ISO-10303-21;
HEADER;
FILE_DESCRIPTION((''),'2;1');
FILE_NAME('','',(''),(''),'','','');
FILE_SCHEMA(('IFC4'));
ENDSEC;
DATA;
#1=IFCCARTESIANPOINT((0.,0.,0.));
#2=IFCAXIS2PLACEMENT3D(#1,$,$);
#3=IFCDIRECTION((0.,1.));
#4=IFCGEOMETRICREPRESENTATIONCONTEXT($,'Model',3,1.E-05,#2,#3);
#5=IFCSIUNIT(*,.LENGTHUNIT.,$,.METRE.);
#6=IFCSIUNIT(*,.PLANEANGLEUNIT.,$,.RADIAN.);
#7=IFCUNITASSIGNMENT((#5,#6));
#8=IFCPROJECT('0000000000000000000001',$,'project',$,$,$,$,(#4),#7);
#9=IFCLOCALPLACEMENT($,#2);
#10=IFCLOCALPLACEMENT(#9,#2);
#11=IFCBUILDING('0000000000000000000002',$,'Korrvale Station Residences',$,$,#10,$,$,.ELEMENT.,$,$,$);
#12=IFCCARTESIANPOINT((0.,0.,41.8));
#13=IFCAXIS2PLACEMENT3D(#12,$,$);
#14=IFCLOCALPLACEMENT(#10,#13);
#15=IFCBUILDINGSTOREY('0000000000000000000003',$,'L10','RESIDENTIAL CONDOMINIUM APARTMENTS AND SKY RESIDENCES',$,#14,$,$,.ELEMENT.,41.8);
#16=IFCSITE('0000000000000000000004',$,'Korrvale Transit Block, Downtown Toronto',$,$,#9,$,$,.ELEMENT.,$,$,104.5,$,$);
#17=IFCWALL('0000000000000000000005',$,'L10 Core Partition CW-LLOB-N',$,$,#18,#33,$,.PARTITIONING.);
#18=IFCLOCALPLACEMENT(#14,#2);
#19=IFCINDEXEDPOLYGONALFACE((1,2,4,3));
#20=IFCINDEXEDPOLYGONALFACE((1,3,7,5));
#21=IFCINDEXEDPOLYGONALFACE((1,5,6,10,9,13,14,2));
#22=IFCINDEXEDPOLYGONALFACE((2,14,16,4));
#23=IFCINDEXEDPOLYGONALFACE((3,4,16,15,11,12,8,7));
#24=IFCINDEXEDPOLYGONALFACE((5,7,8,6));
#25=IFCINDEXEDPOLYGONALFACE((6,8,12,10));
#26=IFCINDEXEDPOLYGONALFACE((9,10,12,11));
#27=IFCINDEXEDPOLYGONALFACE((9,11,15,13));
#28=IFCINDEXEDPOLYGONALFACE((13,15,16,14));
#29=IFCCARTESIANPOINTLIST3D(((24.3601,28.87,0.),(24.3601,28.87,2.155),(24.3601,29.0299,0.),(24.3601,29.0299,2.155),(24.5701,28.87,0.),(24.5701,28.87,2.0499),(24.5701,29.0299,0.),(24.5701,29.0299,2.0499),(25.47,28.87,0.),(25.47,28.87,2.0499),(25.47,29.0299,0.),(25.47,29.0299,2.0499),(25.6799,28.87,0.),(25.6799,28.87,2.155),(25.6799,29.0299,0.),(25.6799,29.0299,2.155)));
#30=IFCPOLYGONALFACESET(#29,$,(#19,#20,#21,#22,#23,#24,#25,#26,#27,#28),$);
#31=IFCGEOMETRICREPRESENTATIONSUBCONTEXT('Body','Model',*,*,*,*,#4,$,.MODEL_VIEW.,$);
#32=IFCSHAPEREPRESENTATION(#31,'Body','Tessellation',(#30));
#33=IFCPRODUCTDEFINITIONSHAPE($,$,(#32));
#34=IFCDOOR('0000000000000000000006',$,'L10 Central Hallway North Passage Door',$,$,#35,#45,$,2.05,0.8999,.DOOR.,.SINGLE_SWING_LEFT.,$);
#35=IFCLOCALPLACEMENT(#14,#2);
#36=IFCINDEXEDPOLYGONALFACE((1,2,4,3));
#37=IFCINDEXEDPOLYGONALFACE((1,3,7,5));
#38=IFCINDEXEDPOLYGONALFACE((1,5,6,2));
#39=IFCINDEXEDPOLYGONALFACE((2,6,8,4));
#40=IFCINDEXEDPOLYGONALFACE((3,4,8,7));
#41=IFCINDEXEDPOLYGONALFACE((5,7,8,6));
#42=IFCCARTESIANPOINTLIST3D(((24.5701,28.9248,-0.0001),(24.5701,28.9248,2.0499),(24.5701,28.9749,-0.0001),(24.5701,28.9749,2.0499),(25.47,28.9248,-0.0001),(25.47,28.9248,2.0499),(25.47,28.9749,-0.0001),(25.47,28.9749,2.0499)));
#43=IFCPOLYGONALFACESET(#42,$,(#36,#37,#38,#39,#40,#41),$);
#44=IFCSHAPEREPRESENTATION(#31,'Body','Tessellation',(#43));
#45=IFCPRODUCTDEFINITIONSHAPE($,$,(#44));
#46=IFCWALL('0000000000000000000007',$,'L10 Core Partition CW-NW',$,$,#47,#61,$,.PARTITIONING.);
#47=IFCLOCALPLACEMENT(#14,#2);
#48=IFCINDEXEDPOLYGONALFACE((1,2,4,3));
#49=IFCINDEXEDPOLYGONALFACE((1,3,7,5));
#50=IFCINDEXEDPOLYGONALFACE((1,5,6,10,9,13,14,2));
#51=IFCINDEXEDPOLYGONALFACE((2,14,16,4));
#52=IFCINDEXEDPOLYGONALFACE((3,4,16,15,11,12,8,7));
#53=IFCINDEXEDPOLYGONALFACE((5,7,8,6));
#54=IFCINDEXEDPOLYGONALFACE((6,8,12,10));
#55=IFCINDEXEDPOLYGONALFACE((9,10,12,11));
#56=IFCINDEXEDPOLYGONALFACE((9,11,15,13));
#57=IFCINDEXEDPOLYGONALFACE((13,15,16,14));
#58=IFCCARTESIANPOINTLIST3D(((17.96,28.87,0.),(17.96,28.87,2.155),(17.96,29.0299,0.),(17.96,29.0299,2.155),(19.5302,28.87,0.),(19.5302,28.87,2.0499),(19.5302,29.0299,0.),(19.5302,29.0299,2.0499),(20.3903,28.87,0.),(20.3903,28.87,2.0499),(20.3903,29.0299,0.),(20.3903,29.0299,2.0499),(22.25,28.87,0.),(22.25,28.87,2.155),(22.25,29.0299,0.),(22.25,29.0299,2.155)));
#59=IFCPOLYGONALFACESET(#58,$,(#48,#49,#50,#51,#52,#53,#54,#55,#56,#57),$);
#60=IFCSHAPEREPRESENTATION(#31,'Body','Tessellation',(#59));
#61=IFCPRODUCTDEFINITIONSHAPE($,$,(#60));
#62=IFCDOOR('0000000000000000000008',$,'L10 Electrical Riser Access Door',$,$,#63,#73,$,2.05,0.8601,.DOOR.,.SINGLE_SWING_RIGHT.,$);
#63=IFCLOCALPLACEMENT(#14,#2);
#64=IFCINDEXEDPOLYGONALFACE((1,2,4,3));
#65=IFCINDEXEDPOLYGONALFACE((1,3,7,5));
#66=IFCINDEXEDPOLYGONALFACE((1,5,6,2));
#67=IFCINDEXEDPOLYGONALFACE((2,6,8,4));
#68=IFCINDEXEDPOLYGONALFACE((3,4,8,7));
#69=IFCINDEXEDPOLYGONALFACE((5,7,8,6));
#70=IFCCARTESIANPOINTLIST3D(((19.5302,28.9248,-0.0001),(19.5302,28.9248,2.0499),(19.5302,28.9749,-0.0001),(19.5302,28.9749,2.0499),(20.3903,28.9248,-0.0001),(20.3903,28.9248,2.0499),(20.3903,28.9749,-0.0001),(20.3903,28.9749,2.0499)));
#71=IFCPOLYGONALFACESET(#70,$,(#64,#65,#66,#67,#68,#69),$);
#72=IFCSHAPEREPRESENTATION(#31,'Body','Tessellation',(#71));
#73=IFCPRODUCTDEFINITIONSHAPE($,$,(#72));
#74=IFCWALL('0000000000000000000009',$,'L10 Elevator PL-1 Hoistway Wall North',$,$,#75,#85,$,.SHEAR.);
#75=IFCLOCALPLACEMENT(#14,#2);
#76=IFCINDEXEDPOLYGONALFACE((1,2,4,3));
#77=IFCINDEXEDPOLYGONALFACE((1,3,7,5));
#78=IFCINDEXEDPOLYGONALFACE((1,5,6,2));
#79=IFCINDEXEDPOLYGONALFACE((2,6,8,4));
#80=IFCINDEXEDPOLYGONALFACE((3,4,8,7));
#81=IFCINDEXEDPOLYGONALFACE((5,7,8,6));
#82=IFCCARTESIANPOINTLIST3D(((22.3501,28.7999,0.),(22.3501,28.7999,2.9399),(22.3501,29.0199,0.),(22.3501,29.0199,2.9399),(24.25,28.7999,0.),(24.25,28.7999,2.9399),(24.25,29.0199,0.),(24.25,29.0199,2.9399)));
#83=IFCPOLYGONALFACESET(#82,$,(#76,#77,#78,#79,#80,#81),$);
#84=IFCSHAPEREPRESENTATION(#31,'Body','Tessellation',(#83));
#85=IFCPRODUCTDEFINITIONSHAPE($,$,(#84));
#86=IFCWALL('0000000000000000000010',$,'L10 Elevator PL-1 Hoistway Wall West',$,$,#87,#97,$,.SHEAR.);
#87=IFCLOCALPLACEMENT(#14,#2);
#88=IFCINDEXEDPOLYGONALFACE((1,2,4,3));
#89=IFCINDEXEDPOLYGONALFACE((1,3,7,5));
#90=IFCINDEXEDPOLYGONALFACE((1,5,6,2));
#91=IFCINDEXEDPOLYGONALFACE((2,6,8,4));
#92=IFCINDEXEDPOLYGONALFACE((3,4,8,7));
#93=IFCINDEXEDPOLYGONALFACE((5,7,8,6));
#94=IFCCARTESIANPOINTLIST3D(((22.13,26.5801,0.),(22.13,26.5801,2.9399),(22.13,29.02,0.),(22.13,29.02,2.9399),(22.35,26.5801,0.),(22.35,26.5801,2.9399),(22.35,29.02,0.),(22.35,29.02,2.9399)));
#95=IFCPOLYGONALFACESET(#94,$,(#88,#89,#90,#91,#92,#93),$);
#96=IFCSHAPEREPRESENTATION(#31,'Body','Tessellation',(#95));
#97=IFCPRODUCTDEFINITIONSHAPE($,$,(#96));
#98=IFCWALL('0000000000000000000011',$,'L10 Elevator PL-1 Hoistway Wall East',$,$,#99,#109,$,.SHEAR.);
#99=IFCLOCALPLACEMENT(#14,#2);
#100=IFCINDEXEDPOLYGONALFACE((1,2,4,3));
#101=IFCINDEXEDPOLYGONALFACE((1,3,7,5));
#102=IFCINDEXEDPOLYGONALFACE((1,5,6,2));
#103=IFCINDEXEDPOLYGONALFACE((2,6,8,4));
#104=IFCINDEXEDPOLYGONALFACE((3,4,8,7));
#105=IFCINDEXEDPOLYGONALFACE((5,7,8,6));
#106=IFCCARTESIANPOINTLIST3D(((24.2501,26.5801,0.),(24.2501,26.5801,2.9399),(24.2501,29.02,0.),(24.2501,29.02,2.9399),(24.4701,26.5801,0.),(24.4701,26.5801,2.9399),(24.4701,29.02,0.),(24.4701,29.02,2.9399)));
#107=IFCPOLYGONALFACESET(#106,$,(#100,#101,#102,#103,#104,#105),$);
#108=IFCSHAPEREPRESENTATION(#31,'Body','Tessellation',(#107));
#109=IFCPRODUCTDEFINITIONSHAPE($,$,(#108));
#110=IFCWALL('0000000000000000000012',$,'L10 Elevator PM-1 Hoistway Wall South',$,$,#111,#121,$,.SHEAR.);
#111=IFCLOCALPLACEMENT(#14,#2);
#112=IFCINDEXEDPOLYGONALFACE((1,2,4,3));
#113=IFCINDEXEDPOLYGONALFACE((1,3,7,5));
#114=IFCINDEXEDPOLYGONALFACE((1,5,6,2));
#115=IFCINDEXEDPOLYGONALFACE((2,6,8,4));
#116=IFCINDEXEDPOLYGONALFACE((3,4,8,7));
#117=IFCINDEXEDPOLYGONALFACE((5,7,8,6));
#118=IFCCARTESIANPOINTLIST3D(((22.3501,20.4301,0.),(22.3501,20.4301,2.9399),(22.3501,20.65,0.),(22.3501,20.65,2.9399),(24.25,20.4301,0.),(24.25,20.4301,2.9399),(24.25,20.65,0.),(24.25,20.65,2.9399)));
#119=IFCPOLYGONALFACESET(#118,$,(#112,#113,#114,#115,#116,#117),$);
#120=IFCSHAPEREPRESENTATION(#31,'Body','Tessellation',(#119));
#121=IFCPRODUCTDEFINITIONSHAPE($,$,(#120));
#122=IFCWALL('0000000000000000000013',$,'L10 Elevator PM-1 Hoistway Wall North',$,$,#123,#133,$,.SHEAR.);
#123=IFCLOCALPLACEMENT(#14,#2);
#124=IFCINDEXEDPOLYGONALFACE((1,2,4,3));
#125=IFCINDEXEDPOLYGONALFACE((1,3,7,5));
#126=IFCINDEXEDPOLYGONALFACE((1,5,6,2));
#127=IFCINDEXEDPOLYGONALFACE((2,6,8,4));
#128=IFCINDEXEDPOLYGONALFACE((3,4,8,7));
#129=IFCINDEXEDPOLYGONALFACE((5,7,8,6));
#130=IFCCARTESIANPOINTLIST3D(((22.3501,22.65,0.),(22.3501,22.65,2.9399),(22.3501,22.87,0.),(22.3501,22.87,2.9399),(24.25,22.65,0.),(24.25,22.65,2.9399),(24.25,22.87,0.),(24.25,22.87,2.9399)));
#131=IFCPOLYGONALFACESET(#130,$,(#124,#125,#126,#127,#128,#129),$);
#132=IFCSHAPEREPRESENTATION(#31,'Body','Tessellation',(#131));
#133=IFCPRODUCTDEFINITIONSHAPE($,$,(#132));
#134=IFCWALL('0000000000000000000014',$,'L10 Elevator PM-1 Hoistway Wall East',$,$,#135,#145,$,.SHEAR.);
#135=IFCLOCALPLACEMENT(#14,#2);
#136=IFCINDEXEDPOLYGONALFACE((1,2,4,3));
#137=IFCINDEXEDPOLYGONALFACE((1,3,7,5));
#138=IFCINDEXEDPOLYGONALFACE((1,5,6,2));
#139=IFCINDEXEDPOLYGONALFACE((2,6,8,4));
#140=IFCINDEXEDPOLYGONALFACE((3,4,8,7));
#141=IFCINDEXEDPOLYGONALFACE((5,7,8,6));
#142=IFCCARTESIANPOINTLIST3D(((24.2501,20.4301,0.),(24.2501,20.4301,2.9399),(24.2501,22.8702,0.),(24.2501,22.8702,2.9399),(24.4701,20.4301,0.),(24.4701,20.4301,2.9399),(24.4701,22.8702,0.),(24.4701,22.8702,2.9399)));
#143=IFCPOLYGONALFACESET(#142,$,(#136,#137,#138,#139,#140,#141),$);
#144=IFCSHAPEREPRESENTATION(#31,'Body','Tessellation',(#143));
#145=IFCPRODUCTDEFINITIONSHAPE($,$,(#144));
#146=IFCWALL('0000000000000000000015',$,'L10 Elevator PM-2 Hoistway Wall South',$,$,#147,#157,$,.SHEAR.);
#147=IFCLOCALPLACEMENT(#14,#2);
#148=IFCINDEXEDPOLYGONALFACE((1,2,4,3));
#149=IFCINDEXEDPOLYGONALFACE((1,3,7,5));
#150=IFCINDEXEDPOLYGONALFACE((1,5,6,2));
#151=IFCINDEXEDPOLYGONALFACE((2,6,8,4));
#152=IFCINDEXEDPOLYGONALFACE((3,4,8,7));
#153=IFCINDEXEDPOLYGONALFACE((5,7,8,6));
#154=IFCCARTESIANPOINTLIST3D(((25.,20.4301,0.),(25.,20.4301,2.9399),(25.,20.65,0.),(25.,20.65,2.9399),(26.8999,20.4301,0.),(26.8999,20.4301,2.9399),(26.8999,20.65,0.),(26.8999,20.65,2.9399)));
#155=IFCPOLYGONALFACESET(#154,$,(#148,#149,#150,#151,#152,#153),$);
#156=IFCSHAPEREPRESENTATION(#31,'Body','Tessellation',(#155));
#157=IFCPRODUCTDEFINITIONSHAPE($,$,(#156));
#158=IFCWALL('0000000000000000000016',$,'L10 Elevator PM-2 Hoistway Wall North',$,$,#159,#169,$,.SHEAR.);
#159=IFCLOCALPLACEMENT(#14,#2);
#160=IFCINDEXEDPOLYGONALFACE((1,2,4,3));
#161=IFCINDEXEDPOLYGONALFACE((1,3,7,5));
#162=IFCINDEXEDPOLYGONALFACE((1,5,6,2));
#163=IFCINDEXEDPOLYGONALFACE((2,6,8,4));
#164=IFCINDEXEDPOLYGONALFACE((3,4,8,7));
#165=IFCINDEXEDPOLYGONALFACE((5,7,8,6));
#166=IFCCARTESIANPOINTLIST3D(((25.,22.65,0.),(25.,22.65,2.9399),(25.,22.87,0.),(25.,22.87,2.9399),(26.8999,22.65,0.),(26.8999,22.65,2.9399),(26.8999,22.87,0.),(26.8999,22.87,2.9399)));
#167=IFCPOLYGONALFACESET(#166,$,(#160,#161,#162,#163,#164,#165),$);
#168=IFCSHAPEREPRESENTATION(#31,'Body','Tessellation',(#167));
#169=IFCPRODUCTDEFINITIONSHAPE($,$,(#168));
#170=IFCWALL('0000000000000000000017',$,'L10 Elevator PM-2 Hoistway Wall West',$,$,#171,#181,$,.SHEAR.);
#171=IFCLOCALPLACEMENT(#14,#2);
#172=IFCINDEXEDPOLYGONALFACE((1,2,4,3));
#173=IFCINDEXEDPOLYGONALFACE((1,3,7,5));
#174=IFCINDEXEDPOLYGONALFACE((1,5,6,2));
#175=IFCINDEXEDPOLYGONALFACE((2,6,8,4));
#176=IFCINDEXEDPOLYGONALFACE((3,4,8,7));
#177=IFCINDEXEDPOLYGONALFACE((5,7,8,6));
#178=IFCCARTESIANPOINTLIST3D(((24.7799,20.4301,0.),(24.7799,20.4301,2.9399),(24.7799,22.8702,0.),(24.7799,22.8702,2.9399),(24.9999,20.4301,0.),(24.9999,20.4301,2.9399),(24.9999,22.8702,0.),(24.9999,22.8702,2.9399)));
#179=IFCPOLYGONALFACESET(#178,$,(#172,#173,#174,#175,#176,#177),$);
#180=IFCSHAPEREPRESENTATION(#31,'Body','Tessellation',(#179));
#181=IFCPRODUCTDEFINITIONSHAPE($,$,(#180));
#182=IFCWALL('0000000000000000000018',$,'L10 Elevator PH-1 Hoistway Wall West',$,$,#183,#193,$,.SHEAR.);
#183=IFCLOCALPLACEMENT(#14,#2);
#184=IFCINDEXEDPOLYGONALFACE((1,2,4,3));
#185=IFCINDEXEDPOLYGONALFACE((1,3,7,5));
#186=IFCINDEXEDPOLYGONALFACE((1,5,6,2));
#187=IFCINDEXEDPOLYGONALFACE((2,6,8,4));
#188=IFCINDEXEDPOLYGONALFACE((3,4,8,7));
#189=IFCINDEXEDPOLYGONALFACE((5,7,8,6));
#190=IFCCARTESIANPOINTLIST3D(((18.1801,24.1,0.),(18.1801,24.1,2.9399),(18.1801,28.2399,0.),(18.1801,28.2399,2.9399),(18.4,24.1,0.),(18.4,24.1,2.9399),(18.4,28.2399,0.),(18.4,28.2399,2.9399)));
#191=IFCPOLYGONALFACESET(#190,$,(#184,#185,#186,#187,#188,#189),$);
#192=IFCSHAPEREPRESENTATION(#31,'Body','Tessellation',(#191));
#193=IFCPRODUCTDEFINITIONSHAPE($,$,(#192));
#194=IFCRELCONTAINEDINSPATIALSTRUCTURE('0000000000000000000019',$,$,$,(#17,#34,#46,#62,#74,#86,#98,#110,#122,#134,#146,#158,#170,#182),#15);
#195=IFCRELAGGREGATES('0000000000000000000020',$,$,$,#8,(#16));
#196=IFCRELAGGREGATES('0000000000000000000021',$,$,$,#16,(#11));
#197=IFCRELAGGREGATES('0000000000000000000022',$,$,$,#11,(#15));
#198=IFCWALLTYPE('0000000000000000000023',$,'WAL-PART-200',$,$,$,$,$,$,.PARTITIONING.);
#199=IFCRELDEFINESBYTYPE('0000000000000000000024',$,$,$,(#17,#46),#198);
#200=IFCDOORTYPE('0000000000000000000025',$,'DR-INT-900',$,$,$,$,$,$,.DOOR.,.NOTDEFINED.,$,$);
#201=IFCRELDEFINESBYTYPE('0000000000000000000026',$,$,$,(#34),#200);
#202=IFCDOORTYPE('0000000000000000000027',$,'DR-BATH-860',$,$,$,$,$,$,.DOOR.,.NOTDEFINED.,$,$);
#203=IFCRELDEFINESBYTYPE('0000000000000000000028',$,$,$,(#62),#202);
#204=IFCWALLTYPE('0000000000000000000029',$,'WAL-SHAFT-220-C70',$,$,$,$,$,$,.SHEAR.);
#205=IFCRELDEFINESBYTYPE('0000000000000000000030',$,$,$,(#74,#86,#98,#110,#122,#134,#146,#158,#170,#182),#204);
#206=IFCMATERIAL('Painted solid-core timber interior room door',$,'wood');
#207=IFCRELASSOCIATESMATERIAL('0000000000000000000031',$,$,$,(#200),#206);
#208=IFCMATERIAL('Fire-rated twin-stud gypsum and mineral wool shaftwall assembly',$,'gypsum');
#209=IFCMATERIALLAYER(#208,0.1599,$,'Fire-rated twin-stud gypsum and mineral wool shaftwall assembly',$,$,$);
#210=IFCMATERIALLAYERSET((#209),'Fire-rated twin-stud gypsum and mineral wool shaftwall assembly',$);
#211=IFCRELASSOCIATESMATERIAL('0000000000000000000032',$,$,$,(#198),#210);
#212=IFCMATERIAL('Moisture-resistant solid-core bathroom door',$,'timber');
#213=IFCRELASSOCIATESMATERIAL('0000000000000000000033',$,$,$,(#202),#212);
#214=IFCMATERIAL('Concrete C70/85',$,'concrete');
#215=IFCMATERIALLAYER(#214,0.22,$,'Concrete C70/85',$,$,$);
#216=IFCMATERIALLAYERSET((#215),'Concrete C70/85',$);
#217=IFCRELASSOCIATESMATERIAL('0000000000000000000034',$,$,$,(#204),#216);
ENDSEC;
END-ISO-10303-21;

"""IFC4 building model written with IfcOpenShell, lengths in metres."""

from ifc_helpers import new_model, si_unit, direction, frame, frame_2d, origin, place, context, subcontext, project, spatial, rectangle, extrude, material, layer, layer_set, type_object, element, fill, save


model = new_model("IFC4")

# Units and contexts
model_context = context("Model", 3, precision=1e-05, world=origin(), true_north=direction((0.0, 1.0)))
body_context = subcontext(model_context, "Body", "Model", "MODEL_VIEW")
ifc_project = project(units=[si_unit("LENGTHUNIT", "METRE"), si_unit("PLANEANGLEUNIT", "RADIAN")], contexts=[model_context])

# Site, building, storey
site_placement = place(None, origin())
site = spatial("IfcSite", under=ifc_project, at=site_placement, Name="Korrvale Transit Block, Downtown Toronto", CompositionType="ELEMENT", RefElevation=104.5)
building_placement = place(site_placement, origin())
building = spatial("IfcBuilding", under=site, at=building_placement, Name="Korrvale Station Residences", CompositionType="ELEMENT")
storey_placement = place(building_placement, frame((0.0, 0.0, 41.8)))
storey = spatial("IfcBuildingStorey", under=building, at=storey_placement, Name="L10", Description="RESIDENTIAL CONDOMINIUM APARTMENTS AND SKY RESIDENCES", CompositionType="ELEMENT", Elevation=41.8)

# Shared definitions
ifc_material_1 = material(Name="Concrete C70/85", Category="concrete")

# Shared definitions
ifc_material_2 = material(Name="Painted solid-core timber interior room door", Category="wood")
door_type_1 = type_object("IfcDoorType", Name="DR-INT-900", OperationType="NOTDEFINED", PredefinedType="DOOR", material=ifc_material_2)

# Shared definitions
ifc_material_3 = material(Name="Fire-rated twin-stud gypsum and mineral wool shaftwall assembly", Category="gypsum")
ifc_layer_1 = layer(ifc_material_3, 0.1599, Name="Fire-rated twin-stud gypsum and mineral wool shaftwall assembly")
ifc_layer_set_1 = layer_set([ifc_layer_1], Name="Fire-rated twin-stud gypsum and mineral wool shaftwall assembly")
wall_type_1 = type_object("IfcWallType", Name="WAL-PART-200", PredefinedType="PARTITIONING", material=ifc_layer_set_1)

# Walls, openings, doors
wall_1_placement = place(storey_placement, frame((24.3601, 28.95, 0.0), z_axis=(0.0, 0.0, 1.0), x_axis=(1.0, 0.0, 0.0)))
wall_1 = element("IfcWall", 1, at=wall_1_placement, inside=storey, type_object=wall_type_1, Name="L10 Core Partition CW-LLOB-N", PredefinedType="PARTITIONING", context=body_context, shape_type="SweptSolid", body=[
    extrude(rectangle(XDim=1.3198, YDim=0.1599, at=frame_2d((0.6599, 0.0))), origin(), (0.0, 0.0, 1.0), 2.155),
])
opening_1_placement = place(wall_1_placement, frame((0.21, 0.0, 0.0)))
opening_1 = element("IfcOpeningElement", 2, at=opening_1_placement, cuts=wall_1, PredefinedType="OPENING", context=body_context, shape_type="SweptSolid", body=[
    extrude(rectangle(XDim=0.8999, YDim=2.05, at=frame_2d((0.45, 1.0249))), frame((0.0, 0.0898, 0.0), z_axis=(0.0, -1.0, 0.0), x_axis=(1.0, 0.0, 0.0)), (0.0, 0.0, 1.0), 0.1799),
])
door_1_placement = place(opening_1_placement, origin())
door_1 = element("IfcDoor", 3, at=door_1_placement, inside=storey, type_object=door_type_1, Name="L10 Central Hallway North Passage Door", OperationType="SINGLE_SWING_LEFT", OverallHeight=2.05, OverallWidth=0.8999, PredefinedType="DOOR", context=body_context, shape_type="SweptSolid", body=[
    extrude(rectangle(XDim=0.8999, YDim=2.05, at=frame_2d((0.45, 1.0249))), frame((0.0, 0.0249, 0.0), z_axis=(0.0, -1.0, 0.0), x_axis=(1.0, 0.0, 0.0)), (0.0, 0.0, 1.0), 0.05),
])
fill(opening_1, door_1)
wall_2_placement = place(storey_placement, frame((17.96, 28.95, 0.0), z_axis=(0.0, 0.0, 1.0), x_axis=(1.0, 0.0, 0.0)))
wall_2 = element("IfcWall", 4, at=wall_2_placement, inside=storey, type_object=wall_type_1, Name="L10 Core Partition CW-NW", PredefinedType="PARTITIONING", context=body_context, shape_type="SweptSolid", body=[
    extrude(rectangle(XDim=4.29, YDim=0.1599, at=frame_2d((2.145, 0.0))), origin(), (0.0, 0.0, 1.0), 2.155),
])
opening_2_placement = place(wall_2_placement, frame((1.5701, 0.0, 0.0)))
opening_2 = element("IfcOpeningElement", 5, at=opening_2_placement, cuts=wall_2, PredefinedType="OPENING", context=body_context, shape_type="SweptSolid", body=[
    extrude(rectangle(XDim=0.8601, YDim=2.05, at=frame_2d((0.4302, 1.0249))), frame((0.0, 0.0898, 0.0), z_axis=(0.0, -1.0, 0.0), x_axis=(1.0, 0.0, 0.0)), (0.0, 0.0, 1.0), 0.1799),
])
ifc_material_4 = material(Name="Moisture-resistant solid-core bathroom door", Category="timber")
door_type_2 = type_object("IfcDoorType", Name="DR-BATH-860", OperationType="NOTDEFINED", PredefinedType="DOOR", material=ifc_material_4)
door_2_placement = place(opening_2_placement, origin())
door_2 = element("IfcDoor", 6, at=door_2_placement, inside=storey, type_object=door_type_2, Name="L10 Electrical Riser Access Door", OperationType="SINGLE_SWING_RIGHT", OverallHeight=2.05, OverallWidth=0.8601, PredefinedType="DOOR", context=body_context, shape_type="SweptSolid", body=[
    extrude(rectangle(XDim=0.8601, YDim=2.05, at=frame_2d((0.4302, 1.0249))), frame((0.0, 0.0249, 0.0), z_axis=(0.0, -1.0, 0.0), x_axis=(1.0, 0.0, 0.0)), (0.0, 0.0, 1.0), 0.05),
])
fill(opening_2, door_2)
ifc_layer_2 = layer(ifc_material_1, 0.22, Name="Concrete C70/85")
ifc_layer_set_2 = layer_set([ifc_layer_2], Name="Concrete C70/85")
wall_type_2 = type_object("IfcWallType", Name="WAL-SHAFT-220-C70", PredefinedType="SHEAR", material=ifc_layer_set_2)

# Walls
wall_3_placement = place(storey_placement, frame((22.3501, 28.9099, 0.0), z_axis=(0.0, 0.0, 1.0), x_axis=(1.0, 0.0, 0.0)))
element("IfcWall", 7, at=wall_3_placement, inside=storey, type_object=wall_type_2, Name="L10 Elevator PL-1 Hoistway Wall North", PredefinedType="SHEAR", context=body_context, shape_type="SweptSolid", body=[
    extrude(rectangle(XDim=1.8999, YDim=0.22, at=frame_2d((0.95, 0.0))), origin(), (0.0, 0.0, 1.0), 2.9399),
])
for number, where, z_axis, x_axis, name in (
    (8, (22.24, 26.5801, 0.0), (0.0, 0.0, 1.0), (0.0, 1.0, 0.0), "L10 Elevator PL-1 Hoistway Wall West"),
    (9, (24.3601, 26.5801, 0.0), (0.0, 0.0, 1.0), (0.0, 1.0, 0.0), "L10 Elevator PL-1 Hoistway Wall East"),
):
    element("IfcWall", number, at=place(storey_placement, frame(where, z_axis=z_axis, x_axis=x_axis)), inside=storey, type_object=wall_type_2, Name=name, PredefinedType="SHEAR", context=body_context, shape_type="SweptSolid", body=[
        extrude(rectangle(XDim=2.4399, YDim=0.22, at=frame_2d((1.22, 0.0))), origin(), (0.0, 0.0, 1.0), 2.9399),
    ])
for number, where, z_axis, x_axis, name in (
    (10, (22.3501, 20.54, 0.0), (0.0, 0.0, 1.0), (1.0, 0.0, 0.0), "L10 Elevator PM-1 Hoistway Wall South"),
    (11, (22.3501, 22.76, 0.0), (0.0, 0.0, 1.0), (1.0, 0.0, 0.0), "L10 Elevator PM-1 Hoistway Wall North"),
):
    element("IfcWall", number, at=place(storey_placement, frame(where, z_axis=z_axis, x_axis=x_axis)), inside=storey, type_object=wall_type_2, Name=name, PredefinedType="SHEAR", context=body_context, shape_type="SweptSolid", body=[
        extrude(rectangle(XDim=1.8999, YDim=0.22, at=frame_2d((0.95, 0.0))), origin(), (0.0, 0.0, 1.0), 2.9399),
    ])
wall_4_placement = place(storey_placement, frame((24.3601, 20.4299, 0.0), z_axis=(0.0, 0.0, 1.0), x_axis=(0.0, 1.0, 0.0)))
element("IfcWall", 12, at=wall_4_placement, inside=storey, type_object=wall_type_2, Name="L10 Elevator PM-1 Hoistway Wall East", PredefinedType="SHEAR", context=body_context, shape_type="SweptSolid", body=[
    extrude(rectangle(XDim=2.4402, YDim=0.22, at=frame_2d((1.2202, 0.0))), origin(), (0.0, 0.0, 1.0), 2.9399),
])
for number, where, z_axis, x_axis, name in (
    (13, (25.0, 20.54, 0.0), (0.0, 0.0, 1.0), (1.0, 0.0, 0.0), "L10 Elevator PM-2 Hoistway Wall South"),
    (14, (25.0, 22.76, 0.0), (0.0, 0.0, 1.0), (1.0, 0.0, 0.0), "L10 Elevator PM-2 Hoistway Wall North"),
):
    element("IfcWall", number, at=place(storey_placement, frame(where, z_axis=z_axis, x_axis=x_axis)), inside=storey, type_object=wall_type_2, Name=name, PredefinedType="SHEAR", context=body_context, shape_type="SweptSolid", body=[
        extrude(rectangle(XDim=1.8999, YDim=0.22, at=frame_2d((0.95, 0.0))), origin(), (0.0, 0.0, 1.0), 2.9399),
    ])
wall_5_placement = place(storey_placement, frame((24.8899, 20.4299, 0.0), z_axis=(0.0, 0.0, 1.0), x_axis=(0.0, 1.0, 0.0)))
element("IfcWall", 15, at=wall_5_placement, inside=storey, type_object=wall_type_2, Name="L10 Elevator PM-2 Hoistway Wall West", PredefinedType="SHEAR", context=body_context, shape_type="SweptSolid", body=[
    extrude(rectangle(XDim=2.4402, YDim=0.22, at=frame_2d((1.2202, 0.0))), origin(), (0.0, 0.0, 1.0), 2.9399),
])
wall_6_placement = place(storey_placement, frame((18.29, 24.1001, 0.0), z_axis=(0.0, 0.0, 1.0), x_axis=(0.0, 1.0, 0.0)))
element("IfcWall", 16, at=wall_6_placement, inside=storey, type_object=wall_type_2, Name="L10 Elevator PH-1 Hoistway Wall West", PredefinedType="SHEAR", context=body_context, shape_type="SweptSolid", body=[
    extrude(rectangle(XDim=4.1399, YDim=0.22, at=frame_2d((2.0698, 0.0))), origin(), (0.0, 0.0, 1.0), 2.9399),
])

save(model, "model.ifc")
